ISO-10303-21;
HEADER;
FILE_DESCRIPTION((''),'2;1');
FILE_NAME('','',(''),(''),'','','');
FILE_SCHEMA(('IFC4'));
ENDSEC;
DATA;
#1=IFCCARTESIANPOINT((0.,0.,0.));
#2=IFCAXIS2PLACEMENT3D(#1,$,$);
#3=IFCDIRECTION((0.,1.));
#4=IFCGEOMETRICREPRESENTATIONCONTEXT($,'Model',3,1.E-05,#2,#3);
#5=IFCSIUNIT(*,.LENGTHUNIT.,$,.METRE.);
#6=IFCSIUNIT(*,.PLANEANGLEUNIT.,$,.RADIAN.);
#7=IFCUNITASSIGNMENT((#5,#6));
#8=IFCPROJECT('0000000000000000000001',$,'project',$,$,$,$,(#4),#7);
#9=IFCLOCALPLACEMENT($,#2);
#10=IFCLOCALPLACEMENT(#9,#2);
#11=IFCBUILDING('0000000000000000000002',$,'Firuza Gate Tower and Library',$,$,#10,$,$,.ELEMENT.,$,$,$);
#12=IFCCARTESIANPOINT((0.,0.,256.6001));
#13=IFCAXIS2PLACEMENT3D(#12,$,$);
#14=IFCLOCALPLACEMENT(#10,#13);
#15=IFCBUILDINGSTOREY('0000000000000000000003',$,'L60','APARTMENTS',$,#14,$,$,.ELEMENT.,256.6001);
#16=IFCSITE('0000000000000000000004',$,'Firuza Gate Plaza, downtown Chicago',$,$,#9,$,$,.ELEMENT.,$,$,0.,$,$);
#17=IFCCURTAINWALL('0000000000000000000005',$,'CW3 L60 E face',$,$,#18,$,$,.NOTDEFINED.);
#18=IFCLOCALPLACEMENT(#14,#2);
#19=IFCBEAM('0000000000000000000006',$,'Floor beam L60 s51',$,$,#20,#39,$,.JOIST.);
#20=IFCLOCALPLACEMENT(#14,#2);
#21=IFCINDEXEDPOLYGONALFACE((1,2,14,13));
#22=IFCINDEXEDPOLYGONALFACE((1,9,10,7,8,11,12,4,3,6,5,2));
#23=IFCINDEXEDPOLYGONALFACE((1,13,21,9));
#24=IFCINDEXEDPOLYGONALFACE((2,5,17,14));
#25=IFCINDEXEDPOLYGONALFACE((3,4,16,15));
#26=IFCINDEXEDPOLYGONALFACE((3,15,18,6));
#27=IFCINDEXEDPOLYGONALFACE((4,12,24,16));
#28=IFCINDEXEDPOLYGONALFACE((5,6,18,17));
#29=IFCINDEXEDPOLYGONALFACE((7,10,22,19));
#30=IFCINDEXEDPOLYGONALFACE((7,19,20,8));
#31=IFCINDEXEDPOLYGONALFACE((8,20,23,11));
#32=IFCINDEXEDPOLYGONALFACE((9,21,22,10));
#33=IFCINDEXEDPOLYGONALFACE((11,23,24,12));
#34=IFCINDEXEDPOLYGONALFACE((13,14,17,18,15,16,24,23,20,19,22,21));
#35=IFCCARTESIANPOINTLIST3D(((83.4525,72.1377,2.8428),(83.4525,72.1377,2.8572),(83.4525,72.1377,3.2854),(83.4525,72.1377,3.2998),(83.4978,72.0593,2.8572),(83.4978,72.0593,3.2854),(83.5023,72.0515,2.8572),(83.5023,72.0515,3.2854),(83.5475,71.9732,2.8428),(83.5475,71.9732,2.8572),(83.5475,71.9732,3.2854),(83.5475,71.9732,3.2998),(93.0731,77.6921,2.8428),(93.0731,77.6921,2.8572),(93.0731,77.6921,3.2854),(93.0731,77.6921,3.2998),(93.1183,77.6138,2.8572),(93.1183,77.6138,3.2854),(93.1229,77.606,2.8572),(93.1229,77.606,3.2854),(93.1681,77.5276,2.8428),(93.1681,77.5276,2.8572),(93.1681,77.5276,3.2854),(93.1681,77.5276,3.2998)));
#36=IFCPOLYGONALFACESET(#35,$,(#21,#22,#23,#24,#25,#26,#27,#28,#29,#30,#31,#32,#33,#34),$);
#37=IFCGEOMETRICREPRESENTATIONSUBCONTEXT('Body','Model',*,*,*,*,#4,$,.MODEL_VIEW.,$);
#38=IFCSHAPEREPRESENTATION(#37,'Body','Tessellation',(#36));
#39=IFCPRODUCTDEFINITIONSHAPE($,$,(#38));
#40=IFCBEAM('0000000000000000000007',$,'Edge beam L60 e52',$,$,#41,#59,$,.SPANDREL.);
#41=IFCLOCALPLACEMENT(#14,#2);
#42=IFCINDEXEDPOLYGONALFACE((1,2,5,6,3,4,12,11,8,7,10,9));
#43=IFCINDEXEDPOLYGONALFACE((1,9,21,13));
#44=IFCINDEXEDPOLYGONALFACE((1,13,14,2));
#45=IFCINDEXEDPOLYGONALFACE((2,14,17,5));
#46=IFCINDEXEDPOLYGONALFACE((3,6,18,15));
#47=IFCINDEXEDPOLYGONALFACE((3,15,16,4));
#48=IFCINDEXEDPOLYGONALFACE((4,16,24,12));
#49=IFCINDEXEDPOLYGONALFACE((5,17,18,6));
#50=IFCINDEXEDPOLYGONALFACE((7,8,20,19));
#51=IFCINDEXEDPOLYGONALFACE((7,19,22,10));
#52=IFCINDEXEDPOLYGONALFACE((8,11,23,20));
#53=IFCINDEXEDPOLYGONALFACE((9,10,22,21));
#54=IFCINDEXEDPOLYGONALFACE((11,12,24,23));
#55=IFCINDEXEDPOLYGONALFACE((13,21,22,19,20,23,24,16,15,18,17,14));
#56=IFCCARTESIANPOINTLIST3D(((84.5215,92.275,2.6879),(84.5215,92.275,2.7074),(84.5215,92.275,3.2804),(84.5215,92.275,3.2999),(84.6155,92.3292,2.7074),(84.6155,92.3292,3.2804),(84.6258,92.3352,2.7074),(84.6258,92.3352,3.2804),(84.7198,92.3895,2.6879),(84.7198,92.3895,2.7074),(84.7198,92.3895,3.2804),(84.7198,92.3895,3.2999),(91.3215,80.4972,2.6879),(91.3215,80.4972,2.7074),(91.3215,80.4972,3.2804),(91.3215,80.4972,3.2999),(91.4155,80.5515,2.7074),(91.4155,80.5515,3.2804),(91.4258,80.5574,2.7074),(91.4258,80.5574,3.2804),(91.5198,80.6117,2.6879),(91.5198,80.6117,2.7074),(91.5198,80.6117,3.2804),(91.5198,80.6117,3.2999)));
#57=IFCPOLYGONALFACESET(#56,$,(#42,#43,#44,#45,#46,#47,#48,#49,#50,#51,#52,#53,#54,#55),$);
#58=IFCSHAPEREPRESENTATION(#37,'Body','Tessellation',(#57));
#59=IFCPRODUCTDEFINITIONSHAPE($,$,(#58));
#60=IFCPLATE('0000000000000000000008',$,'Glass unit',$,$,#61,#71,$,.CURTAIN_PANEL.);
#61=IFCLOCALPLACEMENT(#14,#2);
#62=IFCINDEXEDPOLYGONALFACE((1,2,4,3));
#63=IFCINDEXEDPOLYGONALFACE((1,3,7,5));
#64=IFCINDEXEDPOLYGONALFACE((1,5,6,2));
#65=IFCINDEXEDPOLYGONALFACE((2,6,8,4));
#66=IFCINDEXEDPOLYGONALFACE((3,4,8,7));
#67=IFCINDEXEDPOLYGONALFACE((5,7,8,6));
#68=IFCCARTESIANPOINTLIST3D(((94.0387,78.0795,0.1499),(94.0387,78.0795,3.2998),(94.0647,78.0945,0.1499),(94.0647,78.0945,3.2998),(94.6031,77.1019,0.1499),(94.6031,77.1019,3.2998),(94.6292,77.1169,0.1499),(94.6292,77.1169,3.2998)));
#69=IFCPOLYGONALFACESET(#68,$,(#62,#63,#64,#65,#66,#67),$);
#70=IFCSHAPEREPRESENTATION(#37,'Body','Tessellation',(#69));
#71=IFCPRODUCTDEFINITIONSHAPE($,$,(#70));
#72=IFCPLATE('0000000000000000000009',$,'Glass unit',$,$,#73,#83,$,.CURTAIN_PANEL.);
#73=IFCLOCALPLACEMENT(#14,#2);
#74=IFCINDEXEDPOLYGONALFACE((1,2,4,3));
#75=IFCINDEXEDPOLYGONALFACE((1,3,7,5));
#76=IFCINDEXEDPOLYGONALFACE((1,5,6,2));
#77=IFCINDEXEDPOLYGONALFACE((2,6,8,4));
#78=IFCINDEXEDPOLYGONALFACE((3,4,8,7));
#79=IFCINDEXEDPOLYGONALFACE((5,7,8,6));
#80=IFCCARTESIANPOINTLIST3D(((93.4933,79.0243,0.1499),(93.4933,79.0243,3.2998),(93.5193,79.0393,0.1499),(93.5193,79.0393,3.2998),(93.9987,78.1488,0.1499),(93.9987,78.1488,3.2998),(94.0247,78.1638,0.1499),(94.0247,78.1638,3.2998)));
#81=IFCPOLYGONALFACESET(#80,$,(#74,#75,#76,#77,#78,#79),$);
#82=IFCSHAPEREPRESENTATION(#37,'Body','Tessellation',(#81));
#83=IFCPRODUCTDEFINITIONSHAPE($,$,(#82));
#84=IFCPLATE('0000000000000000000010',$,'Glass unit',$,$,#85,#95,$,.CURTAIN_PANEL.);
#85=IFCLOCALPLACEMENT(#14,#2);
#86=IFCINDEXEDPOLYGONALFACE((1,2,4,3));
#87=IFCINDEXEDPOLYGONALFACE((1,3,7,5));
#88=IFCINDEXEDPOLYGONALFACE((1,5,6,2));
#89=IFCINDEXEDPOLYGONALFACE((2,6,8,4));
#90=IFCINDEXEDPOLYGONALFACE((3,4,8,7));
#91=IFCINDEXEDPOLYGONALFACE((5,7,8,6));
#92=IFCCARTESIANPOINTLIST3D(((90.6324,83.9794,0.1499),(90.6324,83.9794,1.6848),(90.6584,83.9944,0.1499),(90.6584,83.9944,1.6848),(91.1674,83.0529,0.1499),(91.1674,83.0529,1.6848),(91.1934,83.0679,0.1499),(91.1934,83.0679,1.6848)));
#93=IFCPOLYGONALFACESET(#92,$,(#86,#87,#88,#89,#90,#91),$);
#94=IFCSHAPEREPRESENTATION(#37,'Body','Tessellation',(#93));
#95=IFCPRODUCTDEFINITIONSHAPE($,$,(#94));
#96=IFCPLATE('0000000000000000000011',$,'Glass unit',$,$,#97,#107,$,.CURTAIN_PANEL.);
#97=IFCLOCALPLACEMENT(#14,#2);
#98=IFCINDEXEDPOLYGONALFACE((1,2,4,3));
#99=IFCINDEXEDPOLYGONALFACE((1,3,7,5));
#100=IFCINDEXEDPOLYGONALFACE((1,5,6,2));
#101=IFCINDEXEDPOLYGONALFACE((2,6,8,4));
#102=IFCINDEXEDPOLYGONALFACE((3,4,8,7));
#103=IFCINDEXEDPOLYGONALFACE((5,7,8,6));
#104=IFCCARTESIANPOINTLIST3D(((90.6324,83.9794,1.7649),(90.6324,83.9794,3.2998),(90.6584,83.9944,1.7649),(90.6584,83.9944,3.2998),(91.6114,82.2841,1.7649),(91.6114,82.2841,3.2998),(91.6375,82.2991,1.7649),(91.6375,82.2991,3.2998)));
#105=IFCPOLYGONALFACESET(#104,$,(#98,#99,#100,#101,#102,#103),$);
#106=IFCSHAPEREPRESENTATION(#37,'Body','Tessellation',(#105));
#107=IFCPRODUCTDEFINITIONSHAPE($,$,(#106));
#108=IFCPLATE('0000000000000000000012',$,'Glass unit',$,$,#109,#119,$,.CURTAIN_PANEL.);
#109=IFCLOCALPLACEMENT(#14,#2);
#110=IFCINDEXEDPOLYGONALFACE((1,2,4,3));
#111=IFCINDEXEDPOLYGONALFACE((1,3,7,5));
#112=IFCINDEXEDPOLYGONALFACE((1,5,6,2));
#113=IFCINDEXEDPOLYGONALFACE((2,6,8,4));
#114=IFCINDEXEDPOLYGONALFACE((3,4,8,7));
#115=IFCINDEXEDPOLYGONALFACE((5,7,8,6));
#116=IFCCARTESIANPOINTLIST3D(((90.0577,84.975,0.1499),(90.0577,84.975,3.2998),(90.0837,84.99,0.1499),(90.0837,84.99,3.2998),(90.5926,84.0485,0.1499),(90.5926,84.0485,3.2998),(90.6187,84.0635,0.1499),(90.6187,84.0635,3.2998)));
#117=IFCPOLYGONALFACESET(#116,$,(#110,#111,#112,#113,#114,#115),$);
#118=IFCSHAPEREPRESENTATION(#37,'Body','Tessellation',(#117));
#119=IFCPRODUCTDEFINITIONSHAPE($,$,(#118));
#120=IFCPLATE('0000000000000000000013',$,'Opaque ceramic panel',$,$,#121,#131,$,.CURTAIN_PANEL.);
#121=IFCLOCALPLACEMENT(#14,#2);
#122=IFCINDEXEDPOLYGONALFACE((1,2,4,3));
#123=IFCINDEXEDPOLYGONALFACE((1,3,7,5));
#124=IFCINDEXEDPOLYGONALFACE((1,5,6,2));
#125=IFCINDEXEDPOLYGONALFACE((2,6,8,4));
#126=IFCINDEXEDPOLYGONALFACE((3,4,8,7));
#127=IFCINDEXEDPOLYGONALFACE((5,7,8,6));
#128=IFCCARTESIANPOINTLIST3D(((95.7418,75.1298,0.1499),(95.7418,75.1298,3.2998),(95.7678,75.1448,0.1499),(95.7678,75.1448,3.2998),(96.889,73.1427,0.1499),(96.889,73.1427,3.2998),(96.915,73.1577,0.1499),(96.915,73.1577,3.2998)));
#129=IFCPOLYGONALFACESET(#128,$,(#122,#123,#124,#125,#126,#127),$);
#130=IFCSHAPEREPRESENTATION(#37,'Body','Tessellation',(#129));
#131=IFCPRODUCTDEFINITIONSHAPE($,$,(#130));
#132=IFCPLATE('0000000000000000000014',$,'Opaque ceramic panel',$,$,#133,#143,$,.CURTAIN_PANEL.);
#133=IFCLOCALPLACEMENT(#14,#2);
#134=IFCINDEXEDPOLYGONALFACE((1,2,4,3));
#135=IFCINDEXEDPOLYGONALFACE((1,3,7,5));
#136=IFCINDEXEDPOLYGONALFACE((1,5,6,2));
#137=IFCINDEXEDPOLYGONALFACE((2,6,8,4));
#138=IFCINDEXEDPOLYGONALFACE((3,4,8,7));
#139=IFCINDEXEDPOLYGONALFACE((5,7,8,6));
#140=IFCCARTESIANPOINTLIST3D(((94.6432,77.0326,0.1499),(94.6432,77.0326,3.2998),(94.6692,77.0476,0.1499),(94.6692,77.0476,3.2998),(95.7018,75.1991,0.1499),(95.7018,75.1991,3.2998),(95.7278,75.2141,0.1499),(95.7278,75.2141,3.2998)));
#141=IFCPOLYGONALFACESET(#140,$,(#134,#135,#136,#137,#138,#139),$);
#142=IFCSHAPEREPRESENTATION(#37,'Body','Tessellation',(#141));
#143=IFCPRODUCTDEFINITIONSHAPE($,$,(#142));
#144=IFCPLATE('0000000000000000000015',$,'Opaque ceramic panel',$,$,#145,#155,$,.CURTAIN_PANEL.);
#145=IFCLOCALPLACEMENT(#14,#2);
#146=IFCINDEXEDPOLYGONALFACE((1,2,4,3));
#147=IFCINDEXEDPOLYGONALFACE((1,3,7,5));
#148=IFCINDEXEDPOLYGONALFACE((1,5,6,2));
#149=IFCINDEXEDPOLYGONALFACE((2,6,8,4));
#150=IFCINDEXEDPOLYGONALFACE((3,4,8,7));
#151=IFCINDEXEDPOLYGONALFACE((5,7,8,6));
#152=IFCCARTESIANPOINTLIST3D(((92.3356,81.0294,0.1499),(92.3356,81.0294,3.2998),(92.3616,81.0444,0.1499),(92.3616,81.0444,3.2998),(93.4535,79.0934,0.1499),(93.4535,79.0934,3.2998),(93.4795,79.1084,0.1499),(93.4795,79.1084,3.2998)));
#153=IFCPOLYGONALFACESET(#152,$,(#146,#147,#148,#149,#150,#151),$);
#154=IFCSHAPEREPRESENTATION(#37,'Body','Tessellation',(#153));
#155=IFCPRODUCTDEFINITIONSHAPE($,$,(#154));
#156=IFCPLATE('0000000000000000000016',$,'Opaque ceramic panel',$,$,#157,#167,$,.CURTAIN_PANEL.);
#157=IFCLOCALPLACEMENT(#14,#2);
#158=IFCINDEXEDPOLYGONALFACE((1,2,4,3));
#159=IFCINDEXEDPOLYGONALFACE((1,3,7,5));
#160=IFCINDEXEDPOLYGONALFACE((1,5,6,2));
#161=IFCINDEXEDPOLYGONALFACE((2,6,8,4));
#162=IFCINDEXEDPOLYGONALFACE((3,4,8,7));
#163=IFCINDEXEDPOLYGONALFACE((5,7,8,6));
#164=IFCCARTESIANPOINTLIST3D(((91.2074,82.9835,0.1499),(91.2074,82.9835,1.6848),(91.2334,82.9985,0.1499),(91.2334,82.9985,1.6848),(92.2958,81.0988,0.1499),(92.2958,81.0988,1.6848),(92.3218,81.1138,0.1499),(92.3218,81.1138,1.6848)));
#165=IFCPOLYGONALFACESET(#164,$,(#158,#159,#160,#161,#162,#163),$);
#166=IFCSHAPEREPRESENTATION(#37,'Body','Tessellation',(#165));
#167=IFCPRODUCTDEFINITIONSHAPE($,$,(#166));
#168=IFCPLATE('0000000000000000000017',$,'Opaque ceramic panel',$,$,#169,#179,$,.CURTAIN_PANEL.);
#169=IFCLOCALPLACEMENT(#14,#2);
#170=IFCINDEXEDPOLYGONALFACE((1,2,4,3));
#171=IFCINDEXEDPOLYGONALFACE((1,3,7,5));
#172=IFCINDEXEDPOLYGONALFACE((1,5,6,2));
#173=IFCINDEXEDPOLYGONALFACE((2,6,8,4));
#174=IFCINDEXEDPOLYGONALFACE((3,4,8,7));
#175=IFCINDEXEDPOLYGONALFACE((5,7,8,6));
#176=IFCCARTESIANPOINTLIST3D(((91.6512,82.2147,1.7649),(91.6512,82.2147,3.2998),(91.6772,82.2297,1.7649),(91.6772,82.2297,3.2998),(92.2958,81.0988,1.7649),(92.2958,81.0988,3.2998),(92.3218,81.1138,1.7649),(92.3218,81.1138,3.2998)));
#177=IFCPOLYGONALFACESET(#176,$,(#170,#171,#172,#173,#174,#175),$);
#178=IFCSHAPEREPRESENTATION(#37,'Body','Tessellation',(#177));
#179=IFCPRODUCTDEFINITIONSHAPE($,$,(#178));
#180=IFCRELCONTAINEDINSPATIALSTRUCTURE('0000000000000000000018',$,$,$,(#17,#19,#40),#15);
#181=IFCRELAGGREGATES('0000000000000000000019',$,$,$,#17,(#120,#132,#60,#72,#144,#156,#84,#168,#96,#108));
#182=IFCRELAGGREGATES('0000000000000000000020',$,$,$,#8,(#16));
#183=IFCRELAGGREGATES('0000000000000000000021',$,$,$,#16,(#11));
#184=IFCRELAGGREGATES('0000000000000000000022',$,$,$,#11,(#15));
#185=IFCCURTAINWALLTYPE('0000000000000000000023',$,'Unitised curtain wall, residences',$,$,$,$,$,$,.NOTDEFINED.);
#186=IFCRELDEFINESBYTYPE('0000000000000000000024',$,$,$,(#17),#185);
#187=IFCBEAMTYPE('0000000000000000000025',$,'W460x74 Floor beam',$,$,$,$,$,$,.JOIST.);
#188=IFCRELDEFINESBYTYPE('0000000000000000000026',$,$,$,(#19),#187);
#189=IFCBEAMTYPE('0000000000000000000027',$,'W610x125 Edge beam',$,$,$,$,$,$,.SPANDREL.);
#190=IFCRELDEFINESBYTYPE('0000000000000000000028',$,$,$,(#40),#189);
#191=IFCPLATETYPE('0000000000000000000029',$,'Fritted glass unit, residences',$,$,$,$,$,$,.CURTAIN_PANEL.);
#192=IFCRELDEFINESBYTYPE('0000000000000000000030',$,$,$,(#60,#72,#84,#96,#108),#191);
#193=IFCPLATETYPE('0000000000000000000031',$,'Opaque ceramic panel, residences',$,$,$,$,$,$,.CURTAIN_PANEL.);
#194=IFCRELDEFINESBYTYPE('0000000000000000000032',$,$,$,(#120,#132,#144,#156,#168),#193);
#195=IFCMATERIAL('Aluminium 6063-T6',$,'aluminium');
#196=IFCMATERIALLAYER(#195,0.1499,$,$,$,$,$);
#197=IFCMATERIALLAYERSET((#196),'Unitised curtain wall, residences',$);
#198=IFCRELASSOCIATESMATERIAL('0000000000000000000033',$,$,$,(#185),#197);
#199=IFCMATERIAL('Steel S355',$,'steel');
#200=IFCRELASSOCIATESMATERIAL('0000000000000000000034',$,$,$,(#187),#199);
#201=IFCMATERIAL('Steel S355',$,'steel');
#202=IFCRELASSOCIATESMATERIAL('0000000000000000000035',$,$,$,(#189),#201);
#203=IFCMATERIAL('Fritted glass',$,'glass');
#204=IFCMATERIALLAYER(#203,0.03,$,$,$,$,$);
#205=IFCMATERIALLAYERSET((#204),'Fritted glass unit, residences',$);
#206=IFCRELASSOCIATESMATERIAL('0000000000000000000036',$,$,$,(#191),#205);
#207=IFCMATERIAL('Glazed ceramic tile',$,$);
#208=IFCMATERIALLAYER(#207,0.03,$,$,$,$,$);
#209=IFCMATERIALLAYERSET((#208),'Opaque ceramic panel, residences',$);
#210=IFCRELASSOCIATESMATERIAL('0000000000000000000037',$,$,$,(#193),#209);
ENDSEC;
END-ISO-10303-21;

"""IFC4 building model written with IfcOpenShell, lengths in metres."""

from ifc_helpers import new_model, si_unit, direction, frame, origin, origin_2d, place, context, subcontext, project, spatial, polyline, i_section, outline, extrude, material, layer, layer_set, material_profile, profile_set, type_object, element, aggregate, save


model = new_model("IFC4")

# Units and contexts
model_context = context("Model", 3, precision=1e-05, world=origin(), true_north=direction((0.0, 1.0)))
body_context = subcontext(model_context, "Body", "Model", "MODEL_VIEW")
ifc_project = project(units=[si_unit("LENGTHUNIT", "METRE"), si_unit("PLANEANGLEUNIT", "RADIAN")], contexts=[model_context])

# Site, building, storey
site_placement = place(None, origin())
site = spatial("IfcSite", under=ifc_project, at=site_placement, Name="Firuza Gate Plaza, downtown Chicago", CompositionType="ELEMENT", RefElevation=0.0)
building_placement = place(site_placement, origin())
building = spatial("IfcBuilding", under=site, at=building_placement, Name="Firuza Gate Tower and Library", CompositionType="ELEMENT")
storey_placement = place(building_placement, frame((0.0, 0.0, 256.6001)))
storey = spatial("IfcBuildingStorey", under=building, at=storey_placement, Name="L60", Description="APARTMENTS", CompositionType="ELEMENT", Elevation=256.6001)

# Curtain wall
ifc_material_1 = material(Name="Aluminium 6063-T6", Category="aluminium")
ifc_layer_1 = layer(ifc_material_1, 0.1499)
ifc_layer_set_1 = layer_set([ifc_layer_1], Name="Unitised curtain wall, residences")
curtain_wall_type = type_object("IfcCurtainWallType", Name="Unitised curtain wall, residences", PredefinedType="NOTDEFINED", material=ifc_layer_set_1)
curtain_wall_placement = place(storey_placement, origin())
curtain_wall = element("IfcCurtainWall", 1, at=curtain_wall_placement, inside=storey, type_object=curtain_wall_type, Name="CW3 L60 E face", PredefinedType="NOTDEFINED")

# Beams
ifc_material_2 = material(Name="Steel S355", Category="steel")
ifc_material_profile_1 = material_profile(ifc_material_2, i_section(OverallWidth=0.1899, OverallDepth=0.457, WebThickness=0.009, FlangeThickness=0.0144, at=origin_2d()))
ifc_profile_set_1 = profile_set([ifc_material_profile_1], Name="Steel S355")
beam_type_1 = type_object("IfcBeamType", Name="W460x74 Floor beam", PredefinedType="JOIST", material=ifc_profile_set_1)
beam_1_placement = place(storey_placement, frame((93.1206, 77.6099, 3.0713), z_axis=(-0.866026, -0.499999, 0.0), x_axis=(0.499999, -0.866026, 0.0)))
element("IfcBeam", 2, at=beam_1_placement, inside=storey, type_object=beam_type_1, Name="Floor beam L60 s51", PredefinedType="JOIST", context=body_context, shape_type="SweptSolid", body=[
    extrude(i_section(OverallWidth=0.1899, OverallDepth=0.457, WebThickness=0.009, FlangeThickness=0.0144, at=origin_2d()), origin(), (0.0, 0.0, 1.0), 11.1089),
])
ifc_material_3 = material(Name="Steel S355", Category="steel")
ifc_material_profile_2 = material_profile(ifc_material_3, i_section(OverallWidth=0.229, OverallDepth=0.6121, WebThickness=0.012, FlangeThickness=0.0195, at=origin_2d()))
ifc_profile_set_2 = profile_set([ifc_material_profile_2], Name="Steel S355")
beam_type_2 = type_object("IfcBeamType", Name="W610x125 Edge beam", PredefinedType="SPANDREL", material=ifc_profile_set_2)
beam_2_placement = place(storey_placement, frame((91.4207, 80.5544, 2.9939), z_axis=(-0.500006, 0.866022, 0.0), x_axis=(-0.866022, -0.500006, 0.0)))
element("IfcBeam", 3, at=beam_2_placement, inside=storey, type_object=beam_type_2, Name="Edge beam L60 e52", PredefinedType="SPANDREL", context=body_context, shape_type="SweptSolid", body=[
    extrude(i_section(OverallWidth=0.229, OverallDepth=0.6121, WebThickness=0.012, FlangeThickness=0.0195, at=origin_2d()), origin(), (0.0, 0.0, 1.0), 13.5999),
])

# Plates
ifc_material_4 = material(Name="Fritted glass", Category="glass")
ifc_layer_2 = layer(ifc_material_4, 0.03)
ifc_layer_set_2 = layer_set([ifc_layer_2], Name="Fritted glass unit, residences")
plate_type_1 = type_object("IfcPlateType", Name="Fritted glass unit, residences", PredefinedType="CURTAIN_PANEL", material=ifc_layer_set_2)
plate_1_placement = place(storey_placement, frame((94.6292, 77.1169, 0.1499), z_axis=(0.865998, 0.500047, 0.0), x_axis=(-0.500047, 0.865998, 0.0)))
plate_1 = element("IfcPlate", 4, at=plate_1_placement, type_object=plate_type_1, Name="Glass unit", PredefinedType="CURTAIN_PANEL", context=body_context, shape_type="SweptSolid", body=[
    extrude(outline(polyline([(0.0, 0.0), (1.1288, 0.0), (1.1288, 3.1499), (0.0, 3.1499), (0.0, 0.0)])), origin(), (0.0, 0.0, -1.0), 0.03),
])
plate_2_placement = place(storey_placement, frame((94.0247, 78.1638, 0.1499), z_axis=(0.866065, 0.499932, 0.0), x_axis=(-0.499932, 0.866065, 0.0)))
plate_2 = element("IfcPlate", 5, at=plate_2_placement, type_object=plate_type_1, Name="Glass unit", PredefinedType="CURTAIN_PANEL", context=body_context, shape_type="SweptSolid", body=[
    extrude(outline(polyline([(0.0, 0.0), (1.0109, 0.0), (1.0109, 3.1499), (0.0, 3.1499), (0.0, 0.0)])), origin(), (0.0, 0.0, -1.0), 0.03),
])
plate_3_placement = place(storey_placement, frame((91.1934, 83.0679, 0.1499), z_axis=(0.86603, 0.499992, 0.0), x_axis=(-0.499992, 0.86603, 0.0)))
plate_3 = element("IfcPlate", 6, at=plate_3_placement, type_object=plate_type_1, Name="Glass unit", PredefinedType="CURTAIN_PANEL", context=body_context, shape_type="SweptSolid", body=[
    extrude(outline(polyline([(0.0, 0.0), (1.0698, 0.0), (1.0698, 1.5349), (0.0, 1.5349), (0.0, 0.0)])), origin(), (0.0, 0.0, -1.0), 0.03),
])
plate_4_placement = place(storey_placement, frame((91.6375, 82.2991, 1.7649), z_axis=(0.865978, 0.500082, 0.0), x_axis=(-0.500082, 0.865978, 0.0)))
plate_4 = element("IfcPlate", 7, at=plate_4_placement, type_object=plate_type_1, Name="Glass unit", PredefinedType="CURTAIN_PANEL", context=body_context, shape_type="SweptSolid", body=[
    extrude(outline(polyline([(0.0, 0.0), (1.9577, 0.0), (1.9577, 1.5349), (0.0, 1.5349), (0.0, 0.0)])), origin(), (0.0, 0.0, -1.0), 0.03),
])
plate_5_placement = place(storey_placement, frame((90.6187, 84.0635, 0.1499), z_axis=(0.86603, 0.499992, 0.0), x_axis=(-0.499992, 0.86603, 0.0)))
plate_5 = element("IfcPlate", 8, at=plate_5_placement, type_object=plate_type_1, Name="Glass unit", PredefinedType="CURTAIN_PANEL", context=body_context, shape_type="SweptSolid", body=[
    extrude(outline(polyline([(0.0, 0.0), (1.0698, 0.0), (1.0698, 3.1499), (0.0, 3.1499), (0.0, 0.0)])), origin(), (0.0, 0.0, -1.0), 0.03),
])
ifc_material_5 = material(Name="Glazed ceramic tile")
ifc_layer_3 = layer(ifc_material_5, 0.03)
ifc_layer_set_3 = layer_set([ifc_layer_3], Name="Opaque ceramic panel, residences")
plate_type_2 = type_object("IfcPlateType", Name="Opaque ceramic panel, residences", PredefinedType="CURTAIN_PANEL", material=ifc_layer_set_3)
plate_6_placement = place(storey_placement, frame((96.915, 73.1577, 0.1499), z_axis=(0.866028, 0.499996, 0.0), x_axis=(-0.499996, 0.866028, 0.0)))
plate_6 = element("IfcPlate", 9, at=plate_6_placement, type_object=plate_type_2, Name="Opaque ceramic panel", PredefinedType="CURTAIN_PANEL", context=body_context, shape_type="SweptSolid", body=[
    extrude(outline(polyline([(0.0, 0.0), (2.2945, 0.0), (2.2945, 3.1499), (0.0, 3.1499), (0.0, 0.0)])), origin(), (0.0, 0.0, -1.0), 0.03),
])
plate_7_placement = place(storey_placement, frame((95.7278, 75.2141, 0.1499), z_axis=(0.86602, 0.500009, 0.0), x_axis=(-0.500009, 0.86602, 0.0)))
plate_7 = element("IfcPlate", 10, at=plate_7_placement, type_object=plate_type_2, Name="Opaque ceramic panel", PredefinedType="CURTAIN_PANEL", context=body_context, shape_type="SweptSolid", body=[
    extrude(outline(polyline([(0.0, 0.0), (2.1172, 0.0), (2.1172, 3.1499), (0.0, 3.1499), (0.0, 0.0)])), origin(), (0.0, 0.0, -1.0), 0.03),
])
plate_8_placement = place(storey_placement, frame((93.4795, 79.1084, 0.1499), z_axis=(0.865996, 0.50005, 0.0), x_axis=(-0.50005, 0.865996, 0.0)))
plate_8 = element("IfcPlate", 11, at=plate_8_placement, type_object=plate_type_2, Name="Opaque ceramic panel", PredefinedType="CURTAIN_PANEL", context=body_context, shape_type="SweptSolid", body=[
    extrude(outline(polyline([(0.0, 0.0), (2.2356, 0.0), (2.2356, 3.1499), (0.0, 3.1499), (0.0, 0.0)])), origin(), (0.0, 0.0, -1.0), 0.03),
])
plate_9_placement = place(storey_placement, frame((92.3218, 81.1138, 0.1499), z_axis=(0.865984, 0.500072, 0.0), x_axis=(-0.500072, 0.865984, 0.0)))
plate_9 = element("IfcPlate", 12, at=plate_9_placement, type_object=plate_type_2, Name="Opaque ceramic panel", PredefinedType="CURTAIN_PANEL", context=body_context, shape_type="SweptSolid", body=[
    extrude(outline(polyline([(0.0, 0.0), (2.1764, 0.0), (2.1764, 1.5349), (0.0, 1.5349), (0.0, 0.0)])), origin(), (0.0, 0.0, -1.0), 0.03),
])
plate_10_placement = place(storey_placement, frame((92.3218, 81.1138, 1.7649), z_axis=(0.865949, 0.500132, 0.0), x_axis=(-0.500132, 0.865949, 0.0)))
plate_10 = element("IfcPlate", 13, at=plate_10_placement, type_object=plate_type_2, Name="Opaque ceramic panel", PredefinedType="CURTAIN_PANEL", context=body_context, shape_type="SweptSolid", body=[
    extrude(outline(polyline([(0.0, 0.0), (1.2887, 0.0), (1.2887, 1.5349), (0.0, 1.5349), (0.0, 0.0)])), origin(), (0.0, 0.0, -1.0), 0.03),
])
aggregate(curtain_wall, [plate_6, plate_7, plate_1, plate_2, plate_8, plate_9, plate_3, plate_10, plate_4, plate_5])

save(model, "model.ifc")
